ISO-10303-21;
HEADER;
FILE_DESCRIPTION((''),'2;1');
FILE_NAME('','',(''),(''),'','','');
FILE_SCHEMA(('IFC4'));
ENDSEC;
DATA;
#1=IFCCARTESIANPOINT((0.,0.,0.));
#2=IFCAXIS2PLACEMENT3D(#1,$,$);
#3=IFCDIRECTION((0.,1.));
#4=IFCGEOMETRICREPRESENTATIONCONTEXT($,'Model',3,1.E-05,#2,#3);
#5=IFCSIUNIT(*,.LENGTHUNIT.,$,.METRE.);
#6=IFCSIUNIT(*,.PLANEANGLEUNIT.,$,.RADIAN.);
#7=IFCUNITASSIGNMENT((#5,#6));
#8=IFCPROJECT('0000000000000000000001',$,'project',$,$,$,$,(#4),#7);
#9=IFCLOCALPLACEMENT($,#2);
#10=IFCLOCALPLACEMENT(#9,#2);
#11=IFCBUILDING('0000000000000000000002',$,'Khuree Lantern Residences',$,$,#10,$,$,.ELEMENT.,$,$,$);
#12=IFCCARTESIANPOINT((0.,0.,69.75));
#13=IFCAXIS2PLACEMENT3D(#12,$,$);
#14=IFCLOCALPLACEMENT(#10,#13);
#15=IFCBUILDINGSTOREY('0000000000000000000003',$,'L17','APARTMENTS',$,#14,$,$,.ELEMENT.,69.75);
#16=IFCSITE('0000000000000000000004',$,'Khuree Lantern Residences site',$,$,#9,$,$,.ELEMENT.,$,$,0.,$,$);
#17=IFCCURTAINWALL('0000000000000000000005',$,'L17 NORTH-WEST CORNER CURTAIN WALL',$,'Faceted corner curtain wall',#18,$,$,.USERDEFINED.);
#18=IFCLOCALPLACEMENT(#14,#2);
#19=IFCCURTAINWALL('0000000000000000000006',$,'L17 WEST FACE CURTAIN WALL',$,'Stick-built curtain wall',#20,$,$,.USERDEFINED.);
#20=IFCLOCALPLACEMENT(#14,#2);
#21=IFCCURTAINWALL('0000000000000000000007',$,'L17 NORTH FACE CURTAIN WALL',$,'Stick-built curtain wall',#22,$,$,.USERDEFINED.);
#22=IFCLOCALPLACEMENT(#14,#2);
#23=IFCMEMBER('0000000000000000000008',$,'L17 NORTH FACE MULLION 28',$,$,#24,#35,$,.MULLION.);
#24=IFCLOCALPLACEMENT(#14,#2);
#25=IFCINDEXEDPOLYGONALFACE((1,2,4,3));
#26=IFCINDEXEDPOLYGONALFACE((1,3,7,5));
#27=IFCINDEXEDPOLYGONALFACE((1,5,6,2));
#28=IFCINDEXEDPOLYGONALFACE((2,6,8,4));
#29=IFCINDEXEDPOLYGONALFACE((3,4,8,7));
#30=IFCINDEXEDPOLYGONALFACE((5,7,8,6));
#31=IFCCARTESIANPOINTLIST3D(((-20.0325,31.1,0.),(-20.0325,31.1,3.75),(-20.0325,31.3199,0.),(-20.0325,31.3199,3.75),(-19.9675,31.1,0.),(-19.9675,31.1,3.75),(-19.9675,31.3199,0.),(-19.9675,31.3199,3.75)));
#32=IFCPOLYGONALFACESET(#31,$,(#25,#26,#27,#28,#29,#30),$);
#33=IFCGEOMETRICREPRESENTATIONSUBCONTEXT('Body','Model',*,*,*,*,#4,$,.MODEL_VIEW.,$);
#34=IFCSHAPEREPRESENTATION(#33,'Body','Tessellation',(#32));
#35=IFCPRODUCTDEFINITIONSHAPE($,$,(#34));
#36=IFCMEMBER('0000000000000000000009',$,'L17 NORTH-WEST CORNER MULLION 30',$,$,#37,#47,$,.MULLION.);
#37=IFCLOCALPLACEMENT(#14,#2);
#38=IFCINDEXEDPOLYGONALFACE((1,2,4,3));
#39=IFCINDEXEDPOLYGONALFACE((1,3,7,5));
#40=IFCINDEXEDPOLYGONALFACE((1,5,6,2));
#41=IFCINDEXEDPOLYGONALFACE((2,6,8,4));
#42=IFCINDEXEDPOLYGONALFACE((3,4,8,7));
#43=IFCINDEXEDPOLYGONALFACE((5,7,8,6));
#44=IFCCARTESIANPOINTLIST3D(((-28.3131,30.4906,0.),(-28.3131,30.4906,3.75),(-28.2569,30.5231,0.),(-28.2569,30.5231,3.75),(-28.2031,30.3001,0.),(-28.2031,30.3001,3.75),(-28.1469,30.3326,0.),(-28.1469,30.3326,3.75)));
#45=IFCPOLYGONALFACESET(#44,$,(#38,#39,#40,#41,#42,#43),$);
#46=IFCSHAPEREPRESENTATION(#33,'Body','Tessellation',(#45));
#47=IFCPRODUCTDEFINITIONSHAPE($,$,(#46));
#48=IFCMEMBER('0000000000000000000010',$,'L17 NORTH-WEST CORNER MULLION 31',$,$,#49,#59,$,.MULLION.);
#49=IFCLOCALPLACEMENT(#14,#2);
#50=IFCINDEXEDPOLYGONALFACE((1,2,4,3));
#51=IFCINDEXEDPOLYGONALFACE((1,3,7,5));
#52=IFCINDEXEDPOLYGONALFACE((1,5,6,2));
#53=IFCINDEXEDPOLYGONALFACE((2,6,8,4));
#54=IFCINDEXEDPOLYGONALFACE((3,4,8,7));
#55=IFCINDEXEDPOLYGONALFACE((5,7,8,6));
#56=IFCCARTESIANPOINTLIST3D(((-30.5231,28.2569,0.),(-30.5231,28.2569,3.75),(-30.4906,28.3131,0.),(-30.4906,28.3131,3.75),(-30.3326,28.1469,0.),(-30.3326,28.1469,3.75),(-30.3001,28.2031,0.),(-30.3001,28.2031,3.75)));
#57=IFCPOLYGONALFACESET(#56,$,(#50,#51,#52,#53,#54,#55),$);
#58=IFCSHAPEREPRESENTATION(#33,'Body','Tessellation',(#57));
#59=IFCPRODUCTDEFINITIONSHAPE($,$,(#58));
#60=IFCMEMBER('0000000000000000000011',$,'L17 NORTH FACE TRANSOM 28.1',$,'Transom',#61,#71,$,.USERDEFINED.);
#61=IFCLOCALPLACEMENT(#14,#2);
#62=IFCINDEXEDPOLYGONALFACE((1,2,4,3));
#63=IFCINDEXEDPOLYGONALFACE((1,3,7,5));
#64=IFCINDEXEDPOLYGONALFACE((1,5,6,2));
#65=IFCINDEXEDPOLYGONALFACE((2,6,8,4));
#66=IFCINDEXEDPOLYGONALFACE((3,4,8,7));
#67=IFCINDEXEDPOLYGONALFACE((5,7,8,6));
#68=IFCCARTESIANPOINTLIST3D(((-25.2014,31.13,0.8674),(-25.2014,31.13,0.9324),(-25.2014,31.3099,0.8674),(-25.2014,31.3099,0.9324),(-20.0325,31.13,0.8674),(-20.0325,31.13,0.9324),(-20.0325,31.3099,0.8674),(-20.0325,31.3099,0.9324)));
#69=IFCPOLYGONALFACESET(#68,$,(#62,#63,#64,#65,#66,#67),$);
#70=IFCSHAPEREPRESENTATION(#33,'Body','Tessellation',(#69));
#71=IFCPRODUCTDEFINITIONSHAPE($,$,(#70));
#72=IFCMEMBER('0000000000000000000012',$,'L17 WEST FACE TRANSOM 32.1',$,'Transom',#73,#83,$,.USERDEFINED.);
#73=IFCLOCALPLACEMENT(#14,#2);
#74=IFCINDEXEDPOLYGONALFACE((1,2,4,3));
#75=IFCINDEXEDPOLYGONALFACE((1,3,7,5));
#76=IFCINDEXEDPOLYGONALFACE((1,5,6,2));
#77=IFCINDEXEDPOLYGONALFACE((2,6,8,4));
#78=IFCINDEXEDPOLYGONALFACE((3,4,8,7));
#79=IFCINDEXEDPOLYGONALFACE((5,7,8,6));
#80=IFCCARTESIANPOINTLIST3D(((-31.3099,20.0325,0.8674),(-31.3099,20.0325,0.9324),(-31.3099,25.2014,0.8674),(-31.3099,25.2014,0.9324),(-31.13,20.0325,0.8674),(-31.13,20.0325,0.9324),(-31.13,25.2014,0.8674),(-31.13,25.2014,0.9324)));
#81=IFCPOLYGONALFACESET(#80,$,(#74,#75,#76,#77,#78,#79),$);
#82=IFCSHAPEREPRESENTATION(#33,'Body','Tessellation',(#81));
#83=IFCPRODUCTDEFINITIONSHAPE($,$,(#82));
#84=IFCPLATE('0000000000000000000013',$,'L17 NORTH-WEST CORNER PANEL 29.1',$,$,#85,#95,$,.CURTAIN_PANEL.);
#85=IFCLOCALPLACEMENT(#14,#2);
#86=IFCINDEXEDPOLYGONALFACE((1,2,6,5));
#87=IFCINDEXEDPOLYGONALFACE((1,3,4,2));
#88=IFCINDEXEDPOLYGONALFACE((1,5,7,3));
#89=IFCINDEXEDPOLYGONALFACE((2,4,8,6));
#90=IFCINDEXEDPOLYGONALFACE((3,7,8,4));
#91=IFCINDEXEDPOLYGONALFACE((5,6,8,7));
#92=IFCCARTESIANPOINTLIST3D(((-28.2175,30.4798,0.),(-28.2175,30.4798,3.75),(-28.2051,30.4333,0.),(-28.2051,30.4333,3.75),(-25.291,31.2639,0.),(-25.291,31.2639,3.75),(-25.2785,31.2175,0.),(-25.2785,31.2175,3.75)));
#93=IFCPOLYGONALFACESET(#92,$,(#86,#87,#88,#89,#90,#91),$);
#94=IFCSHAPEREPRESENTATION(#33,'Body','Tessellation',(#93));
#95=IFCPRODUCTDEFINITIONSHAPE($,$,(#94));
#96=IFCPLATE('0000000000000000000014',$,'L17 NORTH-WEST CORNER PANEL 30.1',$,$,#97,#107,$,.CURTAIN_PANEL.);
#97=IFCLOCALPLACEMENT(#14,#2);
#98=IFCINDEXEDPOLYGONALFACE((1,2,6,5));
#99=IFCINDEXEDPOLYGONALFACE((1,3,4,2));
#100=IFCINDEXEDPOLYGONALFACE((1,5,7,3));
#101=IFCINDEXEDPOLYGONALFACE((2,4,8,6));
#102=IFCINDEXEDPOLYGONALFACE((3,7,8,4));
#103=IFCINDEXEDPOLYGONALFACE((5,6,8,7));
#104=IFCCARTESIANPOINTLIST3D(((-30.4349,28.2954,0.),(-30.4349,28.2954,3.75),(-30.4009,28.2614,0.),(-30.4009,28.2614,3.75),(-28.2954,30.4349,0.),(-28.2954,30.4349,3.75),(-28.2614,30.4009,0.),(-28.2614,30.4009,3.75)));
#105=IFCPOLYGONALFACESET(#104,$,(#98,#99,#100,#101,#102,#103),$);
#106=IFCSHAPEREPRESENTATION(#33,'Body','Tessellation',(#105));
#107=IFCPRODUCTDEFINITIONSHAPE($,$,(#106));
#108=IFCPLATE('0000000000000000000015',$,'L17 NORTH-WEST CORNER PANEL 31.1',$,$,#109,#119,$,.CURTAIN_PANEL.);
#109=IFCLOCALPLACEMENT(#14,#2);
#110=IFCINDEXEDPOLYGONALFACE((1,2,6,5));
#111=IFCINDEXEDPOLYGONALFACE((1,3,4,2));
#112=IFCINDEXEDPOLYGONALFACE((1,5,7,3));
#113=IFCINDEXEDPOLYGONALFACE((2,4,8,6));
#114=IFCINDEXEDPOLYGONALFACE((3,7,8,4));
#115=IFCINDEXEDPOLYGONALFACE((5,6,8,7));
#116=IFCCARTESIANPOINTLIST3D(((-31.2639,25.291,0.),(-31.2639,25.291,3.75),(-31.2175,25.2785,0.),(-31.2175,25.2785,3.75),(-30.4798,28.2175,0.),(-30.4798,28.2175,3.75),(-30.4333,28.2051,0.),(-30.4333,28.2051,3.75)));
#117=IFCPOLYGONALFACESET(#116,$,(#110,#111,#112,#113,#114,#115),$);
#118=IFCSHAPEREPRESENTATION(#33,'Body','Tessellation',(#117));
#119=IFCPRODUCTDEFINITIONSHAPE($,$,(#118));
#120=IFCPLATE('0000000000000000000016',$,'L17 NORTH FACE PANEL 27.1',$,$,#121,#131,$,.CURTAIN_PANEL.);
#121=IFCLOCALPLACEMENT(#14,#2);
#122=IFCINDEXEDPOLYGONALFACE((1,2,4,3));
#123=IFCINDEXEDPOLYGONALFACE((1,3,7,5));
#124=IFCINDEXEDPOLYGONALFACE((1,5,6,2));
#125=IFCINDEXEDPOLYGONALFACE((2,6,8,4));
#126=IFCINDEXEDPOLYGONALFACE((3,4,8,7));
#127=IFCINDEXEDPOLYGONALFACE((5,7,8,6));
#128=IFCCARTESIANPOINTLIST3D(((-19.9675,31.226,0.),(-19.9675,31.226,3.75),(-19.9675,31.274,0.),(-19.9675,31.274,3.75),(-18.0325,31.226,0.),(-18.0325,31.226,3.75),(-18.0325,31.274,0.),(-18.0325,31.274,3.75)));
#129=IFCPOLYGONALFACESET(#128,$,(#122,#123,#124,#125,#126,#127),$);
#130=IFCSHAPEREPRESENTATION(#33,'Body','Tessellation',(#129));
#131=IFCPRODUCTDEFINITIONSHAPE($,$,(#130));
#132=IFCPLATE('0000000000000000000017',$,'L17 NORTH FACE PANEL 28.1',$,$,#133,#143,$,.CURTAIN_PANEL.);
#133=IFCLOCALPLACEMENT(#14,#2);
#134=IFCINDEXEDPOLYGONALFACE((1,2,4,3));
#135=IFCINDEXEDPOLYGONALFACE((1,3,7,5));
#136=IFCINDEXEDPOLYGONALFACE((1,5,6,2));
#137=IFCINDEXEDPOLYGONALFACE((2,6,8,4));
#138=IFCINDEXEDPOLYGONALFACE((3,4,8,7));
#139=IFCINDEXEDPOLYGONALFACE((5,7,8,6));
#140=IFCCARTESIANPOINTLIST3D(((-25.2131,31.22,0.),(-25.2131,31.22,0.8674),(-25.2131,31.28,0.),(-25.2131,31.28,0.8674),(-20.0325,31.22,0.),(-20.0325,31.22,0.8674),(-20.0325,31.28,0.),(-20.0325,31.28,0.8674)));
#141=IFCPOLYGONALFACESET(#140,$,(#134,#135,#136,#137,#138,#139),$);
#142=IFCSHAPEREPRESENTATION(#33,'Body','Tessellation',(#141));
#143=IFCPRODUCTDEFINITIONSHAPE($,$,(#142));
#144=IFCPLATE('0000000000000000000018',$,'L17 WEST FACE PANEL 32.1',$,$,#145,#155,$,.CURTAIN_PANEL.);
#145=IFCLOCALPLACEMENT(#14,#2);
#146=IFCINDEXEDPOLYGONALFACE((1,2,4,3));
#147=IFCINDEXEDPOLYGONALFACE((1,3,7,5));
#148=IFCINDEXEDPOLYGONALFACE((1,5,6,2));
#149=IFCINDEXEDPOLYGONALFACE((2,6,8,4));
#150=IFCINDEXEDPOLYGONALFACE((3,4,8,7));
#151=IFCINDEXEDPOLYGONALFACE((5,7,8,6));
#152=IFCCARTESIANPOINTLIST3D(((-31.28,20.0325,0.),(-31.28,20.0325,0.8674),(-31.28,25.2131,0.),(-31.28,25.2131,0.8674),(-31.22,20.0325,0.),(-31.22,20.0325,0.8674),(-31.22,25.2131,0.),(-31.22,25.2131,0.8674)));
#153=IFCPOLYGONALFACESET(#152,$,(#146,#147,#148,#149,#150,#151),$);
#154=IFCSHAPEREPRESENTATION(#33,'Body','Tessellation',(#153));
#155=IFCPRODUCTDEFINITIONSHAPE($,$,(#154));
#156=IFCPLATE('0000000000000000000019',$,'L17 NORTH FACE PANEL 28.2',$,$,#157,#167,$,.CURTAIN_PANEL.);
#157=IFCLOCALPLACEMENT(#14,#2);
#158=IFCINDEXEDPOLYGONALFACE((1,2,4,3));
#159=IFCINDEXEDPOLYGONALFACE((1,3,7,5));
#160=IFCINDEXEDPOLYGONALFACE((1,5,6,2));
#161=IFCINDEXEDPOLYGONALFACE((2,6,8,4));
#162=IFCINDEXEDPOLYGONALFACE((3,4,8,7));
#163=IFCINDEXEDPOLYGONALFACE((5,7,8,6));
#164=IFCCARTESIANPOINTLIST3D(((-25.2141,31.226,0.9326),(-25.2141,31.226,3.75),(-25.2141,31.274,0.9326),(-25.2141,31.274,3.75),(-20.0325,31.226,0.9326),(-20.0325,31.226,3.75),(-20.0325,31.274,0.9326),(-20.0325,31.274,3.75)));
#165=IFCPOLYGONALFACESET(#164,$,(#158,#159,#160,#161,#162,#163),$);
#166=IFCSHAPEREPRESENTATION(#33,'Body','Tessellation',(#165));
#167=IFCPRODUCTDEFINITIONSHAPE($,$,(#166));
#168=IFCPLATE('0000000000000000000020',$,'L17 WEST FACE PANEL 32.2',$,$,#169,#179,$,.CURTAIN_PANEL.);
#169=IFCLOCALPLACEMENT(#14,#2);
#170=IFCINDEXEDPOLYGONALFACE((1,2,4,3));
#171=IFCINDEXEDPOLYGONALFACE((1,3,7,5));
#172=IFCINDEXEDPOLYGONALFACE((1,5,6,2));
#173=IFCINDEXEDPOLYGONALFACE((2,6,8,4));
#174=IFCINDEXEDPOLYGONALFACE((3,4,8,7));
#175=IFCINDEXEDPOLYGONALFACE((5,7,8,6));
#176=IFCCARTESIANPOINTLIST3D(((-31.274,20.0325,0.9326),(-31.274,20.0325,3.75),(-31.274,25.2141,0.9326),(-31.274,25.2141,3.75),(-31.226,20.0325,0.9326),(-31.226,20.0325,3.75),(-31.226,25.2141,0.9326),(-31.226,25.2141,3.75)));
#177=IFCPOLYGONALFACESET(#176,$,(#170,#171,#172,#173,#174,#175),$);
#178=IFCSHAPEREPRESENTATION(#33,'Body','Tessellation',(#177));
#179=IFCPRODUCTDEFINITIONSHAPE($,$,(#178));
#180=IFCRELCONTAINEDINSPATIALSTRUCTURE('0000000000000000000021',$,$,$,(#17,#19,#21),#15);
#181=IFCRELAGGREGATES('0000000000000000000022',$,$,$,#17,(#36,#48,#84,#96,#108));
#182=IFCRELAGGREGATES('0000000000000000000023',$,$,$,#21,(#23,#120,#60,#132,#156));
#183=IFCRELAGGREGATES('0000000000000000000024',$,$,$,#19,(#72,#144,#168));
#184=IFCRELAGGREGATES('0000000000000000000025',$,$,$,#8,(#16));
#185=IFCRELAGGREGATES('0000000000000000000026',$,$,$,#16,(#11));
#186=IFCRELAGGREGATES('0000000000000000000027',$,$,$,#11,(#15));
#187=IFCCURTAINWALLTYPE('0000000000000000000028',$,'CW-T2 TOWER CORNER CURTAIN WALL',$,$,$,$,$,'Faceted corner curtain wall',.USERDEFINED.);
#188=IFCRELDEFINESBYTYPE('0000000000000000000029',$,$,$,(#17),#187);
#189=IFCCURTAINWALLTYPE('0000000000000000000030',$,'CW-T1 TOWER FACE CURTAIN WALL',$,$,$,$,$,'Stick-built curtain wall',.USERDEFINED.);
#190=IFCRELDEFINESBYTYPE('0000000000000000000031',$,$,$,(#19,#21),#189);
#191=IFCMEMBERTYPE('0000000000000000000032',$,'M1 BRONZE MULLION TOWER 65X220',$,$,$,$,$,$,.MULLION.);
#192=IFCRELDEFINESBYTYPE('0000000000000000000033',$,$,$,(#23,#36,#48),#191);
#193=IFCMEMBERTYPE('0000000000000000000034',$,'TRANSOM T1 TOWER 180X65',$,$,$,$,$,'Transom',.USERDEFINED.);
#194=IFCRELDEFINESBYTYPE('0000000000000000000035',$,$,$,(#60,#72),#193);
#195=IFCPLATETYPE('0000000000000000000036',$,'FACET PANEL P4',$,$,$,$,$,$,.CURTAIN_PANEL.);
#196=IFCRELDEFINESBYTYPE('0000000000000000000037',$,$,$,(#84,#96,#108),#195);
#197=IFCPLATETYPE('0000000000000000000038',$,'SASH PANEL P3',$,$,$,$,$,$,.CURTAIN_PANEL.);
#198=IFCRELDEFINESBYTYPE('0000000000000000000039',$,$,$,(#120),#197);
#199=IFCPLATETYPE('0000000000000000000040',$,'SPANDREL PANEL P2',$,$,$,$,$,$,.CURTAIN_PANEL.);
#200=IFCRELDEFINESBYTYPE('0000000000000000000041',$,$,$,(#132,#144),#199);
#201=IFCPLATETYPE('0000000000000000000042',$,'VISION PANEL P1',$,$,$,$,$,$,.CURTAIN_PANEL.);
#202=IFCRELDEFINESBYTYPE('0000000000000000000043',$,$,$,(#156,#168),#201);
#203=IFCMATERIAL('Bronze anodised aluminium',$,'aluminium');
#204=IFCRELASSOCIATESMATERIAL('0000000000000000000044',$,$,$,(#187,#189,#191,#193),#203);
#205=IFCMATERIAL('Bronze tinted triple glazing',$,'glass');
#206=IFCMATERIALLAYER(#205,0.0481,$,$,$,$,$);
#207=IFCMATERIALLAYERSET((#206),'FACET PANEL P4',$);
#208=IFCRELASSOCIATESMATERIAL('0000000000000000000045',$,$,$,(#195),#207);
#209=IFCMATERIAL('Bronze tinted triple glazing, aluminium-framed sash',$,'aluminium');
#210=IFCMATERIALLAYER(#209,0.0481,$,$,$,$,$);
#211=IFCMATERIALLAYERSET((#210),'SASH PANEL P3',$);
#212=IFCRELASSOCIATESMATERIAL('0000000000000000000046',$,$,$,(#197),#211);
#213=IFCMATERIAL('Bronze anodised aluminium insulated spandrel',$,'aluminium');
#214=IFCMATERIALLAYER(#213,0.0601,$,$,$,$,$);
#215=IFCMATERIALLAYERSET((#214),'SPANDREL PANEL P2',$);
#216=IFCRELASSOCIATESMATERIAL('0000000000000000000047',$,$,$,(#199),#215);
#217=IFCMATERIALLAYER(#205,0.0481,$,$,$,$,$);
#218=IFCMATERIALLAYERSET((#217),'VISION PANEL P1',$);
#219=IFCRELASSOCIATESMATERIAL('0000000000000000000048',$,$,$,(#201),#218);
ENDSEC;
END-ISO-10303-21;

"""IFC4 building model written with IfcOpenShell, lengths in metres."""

from ifc_helpers import new_model, si_unit, direction, frame, origin, origin_2d, place, context, subcontext, project, spatial, rectangle, extrude, material, layer, layer_set, material_profile, profile_set, type_object, element, aggregate, save


model = new_model("IFC4")

# Units and contexts
model_context = context("Model", 3, precision=1e-05, world=origin(), true_north=direction((0.0, 1.0)))
body_context = subcontext(model_context, "Body", "Model", "MODEL_VIEW")
ifc_project = project(units=[si_unit("LENGTHUNIT", "METRE"), si_unit("PLANEANGLEUNIT", "RADIAN")], contexts=[model_context])

# Site, building, storey
site_placement = place(None, origin())
site = spatial("IfcSite", under=ifc_project, at=site_placement, Name="Khuree Lantern Residences site", CompositionType="ELEMENT", RefElevation=0.0)
building_placement = place(site_placement, origin())
building = spatial("IfcBuilding", under=site, at=building_placement, Name="Khuree Lantern Residences", CompositionType="ELEMENT")
storey_placement = place(building_placement, frame((0.0, 0.0, 69.75)))
storey = spatial("IfcBuildingStorey", under=building, at=storey_placement, Name="L17", Description="APARTMENTS", CompositionType="ELEMENT", Elevation=69.75)

# Curtain walls
ifc_material_1 = material(Name="Bronze anodised aluminium", Category="aluminium")
curtain_wall_type_1 = type_object("IfcCurtainWallType", Name="CW-T2 TOWER CORNER CURTAIN WALL", ElementType="Faceted corner curtain wall", PredefinedType="USERDEFINED", material=ifc_material_1)
curtain_wall_1_placement = place(storey_placement, origin())
curtain_wall_1 = element("IfcCurtainWall", 1, at=curtain_wall_1_placement, inside=storey, type_object=curtain_wall_type_1, Name="L17 NORTH-WEST CORNER CURTAIN WALL", ObjectType="Faceted corner curtain wall", PredefinedType="USERDEFINED")
curtain_wall_type_2 = type_object("IfcCurtainWallType", Name="CW-T1 TOWER FACE CURTAIN WALL", ElementType="Stick-built curtain wall", PredefinedType="USERDEFINED", material=ifc_material_1)
curtain_wall_2_placement = place(storey_placement, origin())
curtain_wall_2 = element("IfcCurtainWall", 2, at=curtain_wall_2_placement, inside=storey, type_object=curtain_wall_type_2, Name="L17 WEST FACE CURTAIN WALL", ObjectType="Stick-built curtain wall", PredefinedType="USERDEFINED")

# Curtain wall, member
curtain_wall_3_placement = place(storey_placement, origin())
curtain_wall_3 = element("IfcCurtainWall", 3, at=curtain_wall_3_placement, inside=storey, type_object=curtain_wall_type_2, Name="L17 NORTH FACE CURTAIN WALL", ObjectType="Stick-built curtain wall", PredefinedType="USERDEFINED")
ifc_material_profile_1 = material_profile(ifc_material_1, rectangle(XDim=0.0649, YDim=0.22, at=origin_2d()), Name="M1 65X220")
ifc_profile_set_1 = profile_set([ifc_material_profile_1], Name="Bronze anodised aluminium")
member_type_1 = type_object("IfcMemberType", Name="M1 BRONZE MULLION TOWER 65X220", PredefinedType="MULLION", material=ifc_profile_set_1)
member_1_placement = place(storey_placement, frame((-20.0, 31.21, 0.0), z_axis=(0.0, 0.0, 1.0), x_axis=(-1.0, 0.0, 0.0)))
member_1 = element("IfcMember", 4, at=member_1_placement, type_object=member_type_1, Name="L17 NORTH FACE MULLION 28", PredefinedType="MULLION", context=body_context, shape_type="SweptSolid", body=[
    extrude(rectangle(XDim=0.0649, YDim=0.22, at=origin_2d()), origin(), (0.0, 0.0, 1.0), 3.75),
])

# Members
member_2_placement = place(storey_placement, frame((-28.23, 30.4116, 0.0), z_axis=(0.0, 0.0, 1.0), x_axis=(-0.866025, -0.5, 0.0)))
member_2 = element("IfcMember", 5, at=member_2_placement, type_object=member_type_1, Name="L17 NORTH-WEST CORNER MULLION 30", PredefinedType="MULLION", context=body_context, shape_type="SweptSolid", body=[
    extrude(rectangle(XDim=0.0649, YDim=0.22, at=origin_2d()), origin(), (0.0, 0.0, 1.0), 3.75),
])
member_3_placement = place(storey_placement, frame((-30.4116, 28.23, 0.0), z_axis=(0.0, 0.0, 1.0), x_axis=(-0.5, -0.866025, 0.0)))
member_3 = element("IfcMember", 6, at=member_3_placement, type_object=member_type_1, Name="L17 NORTH-WEST CORNER MULLION 31", PredefinedType="MULLION", context=body_context, shape_type="SweptSolid", body=[
    extrude(rectangle(XDim=0.0649, YDim=0.22, at=origin_2d()), origin(), (0.0, 0.0, 1.0), 3.75),
])
ifc_material_profile_2 = material_profile(ifc_material_1, rectangle(XDim=0.1799, YDim=0.0649, at=origin_2d()), Name="T1 180X65")
ifc_profile_set_2 = profile_set([ifc_material_profile_2], Name="Bronze anodised aluminium")
member_type_2 = type_object("IfcMemberType", Name="TRANSOM T1 TOWER 180X65", ElementType="Transom", PredefinedType="USERDEFINED", material=ifc_profile_set_2)
member_4_placement = place(storey_placement, frame((-20.0325, 31.22, 0.8999), z_axis=(-1.0, 0.0, 0.0), x_axis=(0.0, -1.0, 0.0)))
member_4 = element("IfcMember", 7, at=member_4_placement, type_object=member_type_2, Name="L17 NORTH FACE TRANSOM 28.1", ObjectType="Transom", PredefinedType="USERDEFINED", context=body_context, shape_type="SweptSolid", body=[
    extrude(rectangle(XDim=0.1799, YDim=0.0649, at=origin_2d()), origin(), (0.0, 0.0, 1.0), 5.1689),
])
member_5_placement = place(storey_placement, frame((-31.22, 25.2014, 0.8999), z_axis=(0.0, -1.0, 0.0), x_axis=(1.0, 0.0, 0.0)))
member_5 = element("IfcMember", 8, at=member_5_placement, type_object=member_type_2, Name="L17 WEST FACE TRANSOM 32.1", ObjectType="Transom", PredefinedType="USERDEFINED", context=body_context, shape_type="SweptSolid", body=[
    extrude(rectangle(XDim=0.1799, YDim=0.0649, at=origin_2d()), origin(), (0.0, 0.0, 1.0), 5.1689),
])

# Plates
ifc_material_2 = material(Name="Bronze tinted triple glazing", Category="glass")
ifc_layer_1 = layer(ifc_material_2, 0.0481)
ifc_layer_set_1 = layer_set([ifc_layer_1], Name="FACET PANEL P4")
plate_type_1 = type_object("IfcPlateType", Name="FACET PANEL P4", PredefinedType="CURTAIN_PANEL", material=ifc_layer_set_1)
plate_1_placement = place(storey_placement, frame((-26.748, 30.8486, 0.0), z_axis=(0.0, 0.0, 1.0), x_axis=(-0.965926, -0.258819, 0.0)))
plate_1 = element("IfcPlate", 9, at=plate_1_placement, type_object=plate_type_1, Name="L17 NORTH-WEST CORNER PANEL 29.1", PredefinedType="CURTAIN_PANEL", context=body_context, shape_type="SweptSolid", body=[
    extrude(rectangle(XDim=3.0298, YDim=0.0481, at=origin_2d()), origin(), (0.0, 0.0, 1.0), 3.75),
])
plate_2_placement = place(storey_placement, frame((-29.3481, 29.3481, 0.0), z_axis=(0.0, 0.0, 1.0), x_axis=(-0.707107, -0.707107, 0.0)))
plate_2 = element("IfcPlate", 10, at=plate_2_placement, type_object=plate_type_1, Name="L17 NORTH-WEST CORNER PANEL 30.1", PredefinedType="CURTAIN_PANEL", context=body_context, shape_type="SweptSolid", body=[
    extrude(rectangle(XDim=3.0256, YDim=0.0481, at=origin_2d()), origin(), (0.0, 0.0, 1.0), 3.75),
])
plate_3_placement = place(storey_placement, frame((-30.8486, 26.748, 0.0), z_axis=(0.0, 0.0, 1.0), x_axis=(-0.258819, -0.965926, 0.0)))
plate_3 = element("IfcPlate", 11, at=plate_3_placement, type_object=plate_type_1, Name="L17 NORTH-WEST CORNER PANEL 31.1", PredefinedType="CURTAIN_PANEL", context=body_context, shape_type="SweptSolid", body=[
    extrude(rectangle(XDim=3.0298, YDim=0.0481, at=origin_2d()), origin(), (0.0, 0.0, 1.0), 3.75),
])
aggregate(curtain_wall_1, [member_2, member_3, plate_1, plate_2, plate_3])
ifc_material_3 = material(Name="Bronze tinted triple glazing, aluminium-framed sash", Category="aluminium")
ifc_layer_2 = layer(ifc_material_3, 0.0481)
ifc_layer_set_2 = layer_set([ifc_layer_2], Name="SASH PANEL P3")
plate_type_2 = type_object("IfcPlateType", Name="SASH PANEL P3", PredefinedType="CURTAIN_PANEL", material=ifc_layer_set_2)
plate_4_placement = place(storey_placement, frame((-19.0, 31.25, 0.0), z_axis=(0.0, 0.0, 1.0), x_axis=(-1.0, 0.0, 0.0)))
plate_4 = element("IfcPlate", 12, at=plate_4_placement, type_object=plate_type_2, Name="L17 NORTH FACE PANEL 27.1", PredefinedType="CURTAIN_PANEL", context=body_context, shape_type="SweptSolid", body=[
    extrude(rectangle(XDim=1.9351, YDim=0.0481, at=origin_2d()), origin(), (0.0, 0.0, 1.0), 3.75),
])
ifc_material_4 = material(Name="Bronze anodised aluminium insulated spandrel", Category="aluminium")
ifc_layer_3 = layer(ifc_material_4, 0.0601)
ifc_layer_set_3 = layer_set([ifc_layer_3], Name="SPANDREL PANEL P2")
plate_type_3 = type_object("IfcPlateType", Name="SPANDREL PANEL P2", PredefinedType="CURTAIN_PANEL", material=ifc_layer_set_3)
plate_5_placement = place(storey_placement, frame((-22.6228, 31.25, 0.0), z_axis=(0.0, 0.0, 1.0), x_axis=(-1.0, 0.0, 0.0)))
plate_5 = element("IfcPlate", 13, at=plate_5_placement, type_object=plate_type_3, Name="L17 NORTH FACE PANEL 28.1", PredefinedType="CURTAIN_PANEL", context=body_context, shape_type="SweptSolid", body=[
    extrude(rectangle(XDim=5.1807, YDim=0.0601, at=origin_2d()), origin(), (0.0, 0.0, 1.0), 0.8674),
])
plate_6_placement = place(storey_placement, frame((-31.25, 22.6228, 0.0), z_axis=(0.0, 0.0, 1.0), x_axis=(0.0, -1.0, 0.0)))
plate_6 = element("IfcPlate", 14, at=plate_6_placement, type_object=plate_type_3, Name="L17 WEST FACE PANEL 32.1", PredefinedType="CURTAIN_PANEL", context=body_context, shape_type="SweptSolid", body=[
    extrude(rectangle(XDim=5.1807, YDim=0.0601, at=origin_2d()), origin(), (0.0, 0.0, 1.0), 0.8674),
])
ifc_layer_4 = layer(ifc_material_2, 0.0481)
ifc_layer_set_4 = layer_set([ifc_layer_4], Name="VISION PANEL P1")
plate_type_4 = type_object("IfcPlateType", Name="VISION PANEL P1", PredefinedType="CURTAIN_PANEL", material=ifc_layer_set_4)
plate_7_placement = place(storey_placement, frame((-22.6233, 31.25, 0.9326), z_axis=(0.0, 0.0, 1.0), x_axis=(-1.0, 0.0, 0.0)))
plate_7 = element("IfcPlate", 15, at=plate_7_placement, type_object=plate_type_4, Name="L17 NORTH FACE PANEL 28.2", PredefinedType="CURTAIN_PANEL", context=body_context, shape_type="SweptSolid", body=[
    extrude(rectangle(XDim=5.1816, YDim=0.0481, at=origin_2d()), origin(), (0.0, 0.0, 1.0), 2.8174),
])
aggregate(curtain_wall_3, [member_1, plate_4, member_4, plate_5, plate_7])
plate_8_placement = place(storey_placement, frame((-31.25, 22.6233, 0.9326), z_axis=(0.0, 0.0, 1.0), x_axis=(0.0, -1.0, 0.0)))
plate_8 = element("IfcPlate", 16, at=plate_8_placement, type_object=plate_type_4, Name="L17 WEST FACE PANEL 32.2", PredefinedType="CURTAIN_PANEL", context=body_context, shape_type="SweptSolid", body=[
    extrude(rectangle(XDim=5.1816, YDim=0.0481, at=origin_2d()), origin(), (0.0, 0.0, 1.0), 2.8174),
])
aggregate(curtain_wall_2, [member_5, plate_6, plate_8])

save(model, "model.ifc")
